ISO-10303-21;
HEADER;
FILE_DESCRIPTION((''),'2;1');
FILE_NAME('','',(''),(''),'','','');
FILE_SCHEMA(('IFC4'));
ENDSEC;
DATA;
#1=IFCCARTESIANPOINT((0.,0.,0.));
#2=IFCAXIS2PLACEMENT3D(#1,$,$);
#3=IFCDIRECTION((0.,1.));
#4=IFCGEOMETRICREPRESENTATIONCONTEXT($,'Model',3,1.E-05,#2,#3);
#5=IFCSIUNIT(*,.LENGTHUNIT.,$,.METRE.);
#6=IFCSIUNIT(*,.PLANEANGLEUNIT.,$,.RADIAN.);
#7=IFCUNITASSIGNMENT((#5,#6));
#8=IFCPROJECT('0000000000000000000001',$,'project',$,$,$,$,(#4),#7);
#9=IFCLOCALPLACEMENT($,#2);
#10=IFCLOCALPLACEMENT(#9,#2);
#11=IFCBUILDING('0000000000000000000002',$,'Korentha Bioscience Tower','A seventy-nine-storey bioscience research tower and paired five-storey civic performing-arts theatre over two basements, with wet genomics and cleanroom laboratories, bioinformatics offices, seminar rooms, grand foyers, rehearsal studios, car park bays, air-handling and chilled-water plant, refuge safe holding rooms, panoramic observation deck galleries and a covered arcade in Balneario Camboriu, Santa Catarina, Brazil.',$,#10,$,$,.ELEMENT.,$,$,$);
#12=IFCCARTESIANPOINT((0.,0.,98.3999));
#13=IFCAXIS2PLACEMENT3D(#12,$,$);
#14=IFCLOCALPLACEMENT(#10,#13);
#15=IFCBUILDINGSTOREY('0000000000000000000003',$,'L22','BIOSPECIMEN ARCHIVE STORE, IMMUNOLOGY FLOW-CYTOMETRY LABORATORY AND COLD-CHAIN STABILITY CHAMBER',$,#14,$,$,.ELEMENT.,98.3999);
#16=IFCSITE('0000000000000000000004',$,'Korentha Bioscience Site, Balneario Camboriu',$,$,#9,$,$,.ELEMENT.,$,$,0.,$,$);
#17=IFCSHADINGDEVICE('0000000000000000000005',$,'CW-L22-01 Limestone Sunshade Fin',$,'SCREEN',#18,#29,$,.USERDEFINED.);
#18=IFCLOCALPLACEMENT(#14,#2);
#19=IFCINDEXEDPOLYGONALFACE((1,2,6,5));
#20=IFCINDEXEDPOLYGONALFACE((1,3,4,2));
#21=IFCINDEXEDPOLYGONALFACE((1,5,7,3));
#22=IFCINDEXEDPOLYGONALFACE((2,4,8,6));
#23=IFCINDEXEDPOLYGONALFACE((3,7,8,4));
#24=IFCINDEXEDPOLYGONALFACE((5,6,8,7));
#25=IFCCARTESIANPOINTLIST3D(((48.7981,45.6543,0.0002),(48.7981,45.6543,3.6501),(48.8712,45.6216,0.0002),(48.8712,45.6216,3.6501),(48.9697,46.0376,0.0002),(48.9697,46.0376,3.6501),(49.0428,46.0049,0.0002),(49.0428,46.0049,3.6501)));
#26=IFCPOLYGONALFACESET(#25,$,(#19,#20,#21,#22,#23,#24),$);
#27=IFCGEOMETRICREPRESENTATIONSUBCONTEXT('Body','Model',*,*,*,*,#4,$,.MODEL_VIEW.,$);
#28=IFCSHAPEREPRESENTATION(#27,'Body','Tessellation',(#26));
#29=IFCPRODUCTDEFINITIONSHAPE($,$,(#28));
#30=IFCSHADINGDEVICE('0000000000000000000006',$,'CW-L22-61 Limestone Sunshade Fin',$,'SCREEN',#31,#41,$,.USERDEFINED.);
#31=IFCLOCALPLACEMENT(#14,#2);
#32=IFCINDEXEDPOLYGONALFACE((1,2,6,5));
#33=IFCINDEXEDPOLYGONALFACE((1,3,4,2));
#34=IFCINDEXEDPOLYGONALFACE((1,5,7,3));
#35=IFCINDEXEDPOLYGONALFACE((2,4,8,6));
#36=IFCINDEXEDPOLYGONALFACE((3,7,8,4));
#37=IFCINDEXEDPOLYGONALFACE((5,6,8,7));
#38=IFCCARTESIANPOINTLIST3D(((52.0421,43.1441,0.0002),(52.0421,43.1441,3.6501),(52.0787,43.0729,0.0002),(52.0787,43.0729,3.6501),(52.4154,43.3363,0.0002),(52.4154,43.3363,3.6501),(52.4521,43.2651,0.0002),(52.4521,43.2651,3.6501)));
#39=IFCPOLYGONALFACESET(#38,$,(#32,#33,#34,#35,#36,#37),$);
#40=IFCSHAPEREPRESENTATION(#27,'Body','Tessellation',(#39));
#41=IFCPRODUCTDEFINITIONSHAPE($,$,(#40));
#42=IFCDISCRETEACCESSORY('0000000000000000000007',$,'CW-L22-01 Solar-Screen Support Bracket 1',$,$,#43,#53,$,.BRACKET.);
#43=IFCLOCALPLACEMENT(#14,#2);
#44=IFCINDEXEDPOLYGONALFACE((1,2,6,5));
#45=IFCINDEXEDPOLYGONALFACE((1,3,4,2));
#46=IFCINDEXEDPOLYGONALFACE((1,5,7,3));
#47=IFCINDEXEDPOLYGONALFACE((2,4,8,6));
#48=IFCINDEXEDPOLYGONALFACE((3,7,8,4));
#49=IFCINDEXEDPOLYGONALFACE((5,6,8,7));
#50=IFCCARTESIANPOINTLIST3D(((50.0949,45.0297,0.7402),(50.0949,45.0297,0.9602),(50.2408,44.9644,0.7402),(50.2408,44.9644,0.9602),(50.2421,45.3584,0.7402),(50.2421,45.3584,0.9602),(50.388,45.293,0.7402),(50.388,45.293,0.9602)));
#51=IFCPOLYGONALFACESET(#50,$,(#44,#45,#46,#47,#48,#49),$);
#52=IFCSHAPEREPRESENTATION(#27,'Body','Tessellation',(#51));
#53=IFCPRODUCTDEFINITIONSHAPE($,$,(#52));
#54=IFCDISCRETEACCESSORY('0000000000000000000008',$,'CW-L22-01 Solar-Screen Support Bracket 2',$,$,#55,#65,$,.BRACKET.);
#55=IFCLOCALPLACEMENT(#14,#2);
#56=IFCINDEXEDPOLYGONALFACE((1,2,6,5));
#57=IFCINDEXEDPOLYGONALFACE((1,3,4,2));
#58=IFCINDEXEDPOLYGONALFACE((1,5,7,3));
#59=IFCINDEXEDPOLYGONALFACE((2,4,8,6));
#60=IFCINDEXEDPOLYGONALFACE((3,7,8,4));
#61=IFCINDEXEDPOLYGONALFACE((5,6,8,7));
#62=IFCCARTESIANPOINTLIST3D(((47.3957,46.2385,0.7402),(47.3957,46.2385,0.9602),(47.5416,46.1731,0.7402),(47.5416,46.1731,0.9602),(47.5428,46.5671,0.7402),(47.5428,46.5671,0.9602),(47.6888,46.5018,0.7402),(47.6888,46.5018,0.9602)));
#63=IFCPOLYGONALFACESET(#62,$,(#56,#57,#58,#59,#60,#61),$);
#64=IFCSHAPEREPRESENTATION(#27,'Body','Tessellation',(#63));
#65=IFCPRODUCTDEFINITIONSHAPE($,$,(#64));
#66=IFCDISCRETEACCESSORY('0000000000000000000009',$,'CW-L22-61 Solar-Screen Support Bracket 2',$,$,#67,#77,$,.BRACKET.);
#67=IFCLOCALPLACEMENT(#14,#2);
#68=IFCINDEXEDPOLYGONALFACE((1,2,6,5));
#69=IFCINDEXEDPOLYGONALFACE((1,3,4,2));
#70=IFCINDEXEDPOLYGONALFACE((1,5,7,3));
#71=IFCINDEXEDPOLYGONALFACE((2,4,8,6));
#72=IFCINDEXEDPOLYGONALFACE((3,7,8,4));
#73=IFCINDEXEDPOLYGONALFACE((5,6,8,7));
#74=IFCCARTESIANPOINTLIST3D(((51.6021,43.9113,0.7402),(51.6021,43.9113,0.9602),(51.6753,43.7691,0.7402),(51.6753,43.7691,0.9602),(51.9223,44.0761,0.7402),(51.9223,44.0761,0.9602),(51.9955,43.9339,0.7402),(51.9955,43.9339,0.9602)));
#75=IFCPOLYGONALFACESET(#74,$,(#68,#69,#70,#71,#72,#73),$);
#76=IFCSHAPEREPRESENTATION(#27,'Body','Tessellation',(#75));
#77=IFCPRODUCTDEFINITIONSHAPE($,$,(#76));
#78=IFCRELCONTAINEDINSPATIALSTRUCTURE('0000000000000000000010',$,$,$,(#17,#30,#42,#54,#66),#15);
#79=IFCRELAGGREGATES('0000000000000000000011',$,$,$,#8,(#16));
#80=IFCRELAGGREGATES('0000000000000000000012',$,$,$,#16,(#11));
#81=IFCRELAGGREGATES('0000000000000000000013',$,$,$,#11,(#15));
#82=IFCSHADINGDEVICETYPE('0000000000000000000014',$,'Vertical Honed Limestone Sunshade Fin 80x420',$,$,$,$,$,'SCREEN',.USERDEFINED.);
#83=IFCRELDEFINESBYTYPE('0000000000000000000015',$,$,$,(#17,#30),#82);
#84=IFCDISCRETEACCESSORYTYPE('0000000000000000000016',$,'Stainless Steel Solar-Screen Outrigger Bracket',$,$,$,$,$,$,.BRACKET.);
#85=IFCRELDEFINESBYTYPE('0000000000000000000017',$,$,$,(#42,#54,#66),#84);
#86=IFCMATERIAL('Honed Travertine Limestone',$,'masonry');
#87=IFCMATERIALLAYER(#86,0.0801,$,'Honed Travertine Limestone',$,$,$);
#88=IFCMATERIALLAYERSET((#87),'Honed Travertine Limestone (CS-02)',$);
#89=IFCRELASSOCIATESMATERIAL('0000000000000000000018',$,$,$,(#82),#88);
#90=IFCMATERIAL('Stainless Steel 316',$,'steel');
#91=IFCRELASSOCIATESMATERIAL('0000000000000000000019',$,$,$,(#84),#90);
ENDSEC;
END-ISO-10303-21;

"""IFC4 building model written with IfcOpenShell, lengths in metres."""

from ifc_helpers import new_model, si_unit, direction, frame, origin, origin_2d, place, context, subcontext, project, spatial, rectangle, extrude, material, layer, layer_set, type_object, element, save


model = new_model("IFC4")

# Units and contexts
model_context = context("Model", 3, precision=1e-05, world=origin(), true_north=direction((0.0, 1.0)))
body_context = subcontext(model_context, "Body", "Model", "MODEL_VIEW")
ifc_project = project(units=[si_unit("LENGTHUNIT", "METRE"), si_unit("PLANEANGLEUNIT", "RADIAN")], contexts=[model_context])

# Site, building, storey
site_placement = place(None, origin())
site = spatial("IfcSite", under=ifc_project, at=site_placement, Name="Korentha Bioscience Site, Balneario Camboriu", CompositionType="ELEMENT", RefElevation=0.0)
building_placement = place(site_placement, origin())
building = spatial("IfcBuilding", under=site, at=building_placement, Name="Korentha Bioscience Tower", Description="A seventy-nine-storey bioscience research tower and paired five-storey civic performing-arts theatre over two basements, with wet genomics and cleanroom laboratories, bioinformatics offices, seminar rooms, grand foyers, rehearsal studios, car park bays, air-handling and chilled-water plant, refuge safe holding rooms, panoramic observation deck galleries and a covered arcade in Balneario Camboriu, Santa Catarina, Brazil.", CompositionType="ELEMENT")
storey_placement = place(building_placement, frame((0.0, 0.0, 98.3999)))
storey = spatial("IfcBuildingStorey", under=building, at=storey_placement, Name="L22", Description="BIOSPECIMEN ARCHIVE STORE, IMMUNOLOGY FLOW-CYTOMETRY LABORATORY AND COLD-CHAIN STABILITY CHAMBER", CompositionType="ELEMENT", Elevation=98.3999)

# Shading devices
ifc_material_1 = material(Name="Honed Travertine Limestone", Category="masonry")
ifc_layer_1 = layer(ifc_material_1, 0.0801, Name="Honed Travertine Limestone")
ifc_layer_set_1 = layer_set([ifc_layer_1], Name="Honed Travertine Limestone (CS-02)")
shading_device_type_1 = type_object("IfcShadingDeviceType", Name="Vertical Honed Limestone Sunshade Fin 80x420", ElementType="SCREEN", PredefinedType="USERDEFINED", material=ifc_layer_set_1)
for number, where, z_axis, x_axis, name in (
    (1, (48.9204, 45.8296, 0.0002), (0.0, 0.0, 1.0), (-0.912687, 0.40866, 0.0), "CW-L22-01 Limestone Sunshade Fin"),
    (2, (52.2471, 43.2046, 0.0002), (0.0, 0.0, 1.0), (-0.457613, 0.889151, 0.0), "CW-L22-61 Limestone Sunshade Fin"),
):
    element("IfcShadingDevice", number, at=place(storey_placement, frame(where, z_axis=z_axis, x_axis=x_axis)), inside=storey, type_object=shading_device_type_1, Name=name, ObjectType="SCREEN", PredefinedType="USERDEFINED", context=body_context, shape_type="SweptSolid", body=[
        extrude(rectangle(XDim=0.0801, YDim=0.4199, at=origin_2d()), origin(), (0.0, 0.0, 1.0), 3.6499),
    ])

# Discrete accessories
ifc_material_2 = material(Name="Stainless Steel 316", Category="steel")
discrete_accessory_type = type_object("IfcDiscreteAccessoryType", Name="Stainless Steel Solar-Screen Outrigger Bracket", PredefinedType="BRACKET", material=ifc_material_2)
for number, where, z_axis, x_axis, name in (
    (3, (50.2415, 45.1614, 0.7402), (0.0, 0.0, 1.0), (-0.912687, 0.40866, 0.0), "CW-L22-01 Solar-Screen Support Bracket 1"),
    (4, (47.5422, 46.3701, 0.7402), (0.0, 0.0, 1.0), (-0.912687, 0.40866, 0.0), "CW-L22-01 Solar-Screen Support Bracket 2"),
    (5, (51.7988, 43.9226, 0.7402), (0.0, 0.0, 1.0), (-0.457613, 0.889151, 0.0), "CW-L22-61 Solar-Screen Support Bracket 2"),
):
    element("IfcDiscreteAccessory", number, at=place(storey_placement, frame(where, z_axis=z_axis, x_axis=x_axis)), inside=storey, type_object=discrete_accessory_type, Name=name, PredefinedType="BRACKET", context=body_context, shape_type="SweptSolid", body=[
        extrude(rectangle(XDim=0.1599, YDim=0.3601, at=origin_2d()), origin(), (0.0, 0.0, 1.0), 0.22),
    ])

save(model, "model.ifc")
